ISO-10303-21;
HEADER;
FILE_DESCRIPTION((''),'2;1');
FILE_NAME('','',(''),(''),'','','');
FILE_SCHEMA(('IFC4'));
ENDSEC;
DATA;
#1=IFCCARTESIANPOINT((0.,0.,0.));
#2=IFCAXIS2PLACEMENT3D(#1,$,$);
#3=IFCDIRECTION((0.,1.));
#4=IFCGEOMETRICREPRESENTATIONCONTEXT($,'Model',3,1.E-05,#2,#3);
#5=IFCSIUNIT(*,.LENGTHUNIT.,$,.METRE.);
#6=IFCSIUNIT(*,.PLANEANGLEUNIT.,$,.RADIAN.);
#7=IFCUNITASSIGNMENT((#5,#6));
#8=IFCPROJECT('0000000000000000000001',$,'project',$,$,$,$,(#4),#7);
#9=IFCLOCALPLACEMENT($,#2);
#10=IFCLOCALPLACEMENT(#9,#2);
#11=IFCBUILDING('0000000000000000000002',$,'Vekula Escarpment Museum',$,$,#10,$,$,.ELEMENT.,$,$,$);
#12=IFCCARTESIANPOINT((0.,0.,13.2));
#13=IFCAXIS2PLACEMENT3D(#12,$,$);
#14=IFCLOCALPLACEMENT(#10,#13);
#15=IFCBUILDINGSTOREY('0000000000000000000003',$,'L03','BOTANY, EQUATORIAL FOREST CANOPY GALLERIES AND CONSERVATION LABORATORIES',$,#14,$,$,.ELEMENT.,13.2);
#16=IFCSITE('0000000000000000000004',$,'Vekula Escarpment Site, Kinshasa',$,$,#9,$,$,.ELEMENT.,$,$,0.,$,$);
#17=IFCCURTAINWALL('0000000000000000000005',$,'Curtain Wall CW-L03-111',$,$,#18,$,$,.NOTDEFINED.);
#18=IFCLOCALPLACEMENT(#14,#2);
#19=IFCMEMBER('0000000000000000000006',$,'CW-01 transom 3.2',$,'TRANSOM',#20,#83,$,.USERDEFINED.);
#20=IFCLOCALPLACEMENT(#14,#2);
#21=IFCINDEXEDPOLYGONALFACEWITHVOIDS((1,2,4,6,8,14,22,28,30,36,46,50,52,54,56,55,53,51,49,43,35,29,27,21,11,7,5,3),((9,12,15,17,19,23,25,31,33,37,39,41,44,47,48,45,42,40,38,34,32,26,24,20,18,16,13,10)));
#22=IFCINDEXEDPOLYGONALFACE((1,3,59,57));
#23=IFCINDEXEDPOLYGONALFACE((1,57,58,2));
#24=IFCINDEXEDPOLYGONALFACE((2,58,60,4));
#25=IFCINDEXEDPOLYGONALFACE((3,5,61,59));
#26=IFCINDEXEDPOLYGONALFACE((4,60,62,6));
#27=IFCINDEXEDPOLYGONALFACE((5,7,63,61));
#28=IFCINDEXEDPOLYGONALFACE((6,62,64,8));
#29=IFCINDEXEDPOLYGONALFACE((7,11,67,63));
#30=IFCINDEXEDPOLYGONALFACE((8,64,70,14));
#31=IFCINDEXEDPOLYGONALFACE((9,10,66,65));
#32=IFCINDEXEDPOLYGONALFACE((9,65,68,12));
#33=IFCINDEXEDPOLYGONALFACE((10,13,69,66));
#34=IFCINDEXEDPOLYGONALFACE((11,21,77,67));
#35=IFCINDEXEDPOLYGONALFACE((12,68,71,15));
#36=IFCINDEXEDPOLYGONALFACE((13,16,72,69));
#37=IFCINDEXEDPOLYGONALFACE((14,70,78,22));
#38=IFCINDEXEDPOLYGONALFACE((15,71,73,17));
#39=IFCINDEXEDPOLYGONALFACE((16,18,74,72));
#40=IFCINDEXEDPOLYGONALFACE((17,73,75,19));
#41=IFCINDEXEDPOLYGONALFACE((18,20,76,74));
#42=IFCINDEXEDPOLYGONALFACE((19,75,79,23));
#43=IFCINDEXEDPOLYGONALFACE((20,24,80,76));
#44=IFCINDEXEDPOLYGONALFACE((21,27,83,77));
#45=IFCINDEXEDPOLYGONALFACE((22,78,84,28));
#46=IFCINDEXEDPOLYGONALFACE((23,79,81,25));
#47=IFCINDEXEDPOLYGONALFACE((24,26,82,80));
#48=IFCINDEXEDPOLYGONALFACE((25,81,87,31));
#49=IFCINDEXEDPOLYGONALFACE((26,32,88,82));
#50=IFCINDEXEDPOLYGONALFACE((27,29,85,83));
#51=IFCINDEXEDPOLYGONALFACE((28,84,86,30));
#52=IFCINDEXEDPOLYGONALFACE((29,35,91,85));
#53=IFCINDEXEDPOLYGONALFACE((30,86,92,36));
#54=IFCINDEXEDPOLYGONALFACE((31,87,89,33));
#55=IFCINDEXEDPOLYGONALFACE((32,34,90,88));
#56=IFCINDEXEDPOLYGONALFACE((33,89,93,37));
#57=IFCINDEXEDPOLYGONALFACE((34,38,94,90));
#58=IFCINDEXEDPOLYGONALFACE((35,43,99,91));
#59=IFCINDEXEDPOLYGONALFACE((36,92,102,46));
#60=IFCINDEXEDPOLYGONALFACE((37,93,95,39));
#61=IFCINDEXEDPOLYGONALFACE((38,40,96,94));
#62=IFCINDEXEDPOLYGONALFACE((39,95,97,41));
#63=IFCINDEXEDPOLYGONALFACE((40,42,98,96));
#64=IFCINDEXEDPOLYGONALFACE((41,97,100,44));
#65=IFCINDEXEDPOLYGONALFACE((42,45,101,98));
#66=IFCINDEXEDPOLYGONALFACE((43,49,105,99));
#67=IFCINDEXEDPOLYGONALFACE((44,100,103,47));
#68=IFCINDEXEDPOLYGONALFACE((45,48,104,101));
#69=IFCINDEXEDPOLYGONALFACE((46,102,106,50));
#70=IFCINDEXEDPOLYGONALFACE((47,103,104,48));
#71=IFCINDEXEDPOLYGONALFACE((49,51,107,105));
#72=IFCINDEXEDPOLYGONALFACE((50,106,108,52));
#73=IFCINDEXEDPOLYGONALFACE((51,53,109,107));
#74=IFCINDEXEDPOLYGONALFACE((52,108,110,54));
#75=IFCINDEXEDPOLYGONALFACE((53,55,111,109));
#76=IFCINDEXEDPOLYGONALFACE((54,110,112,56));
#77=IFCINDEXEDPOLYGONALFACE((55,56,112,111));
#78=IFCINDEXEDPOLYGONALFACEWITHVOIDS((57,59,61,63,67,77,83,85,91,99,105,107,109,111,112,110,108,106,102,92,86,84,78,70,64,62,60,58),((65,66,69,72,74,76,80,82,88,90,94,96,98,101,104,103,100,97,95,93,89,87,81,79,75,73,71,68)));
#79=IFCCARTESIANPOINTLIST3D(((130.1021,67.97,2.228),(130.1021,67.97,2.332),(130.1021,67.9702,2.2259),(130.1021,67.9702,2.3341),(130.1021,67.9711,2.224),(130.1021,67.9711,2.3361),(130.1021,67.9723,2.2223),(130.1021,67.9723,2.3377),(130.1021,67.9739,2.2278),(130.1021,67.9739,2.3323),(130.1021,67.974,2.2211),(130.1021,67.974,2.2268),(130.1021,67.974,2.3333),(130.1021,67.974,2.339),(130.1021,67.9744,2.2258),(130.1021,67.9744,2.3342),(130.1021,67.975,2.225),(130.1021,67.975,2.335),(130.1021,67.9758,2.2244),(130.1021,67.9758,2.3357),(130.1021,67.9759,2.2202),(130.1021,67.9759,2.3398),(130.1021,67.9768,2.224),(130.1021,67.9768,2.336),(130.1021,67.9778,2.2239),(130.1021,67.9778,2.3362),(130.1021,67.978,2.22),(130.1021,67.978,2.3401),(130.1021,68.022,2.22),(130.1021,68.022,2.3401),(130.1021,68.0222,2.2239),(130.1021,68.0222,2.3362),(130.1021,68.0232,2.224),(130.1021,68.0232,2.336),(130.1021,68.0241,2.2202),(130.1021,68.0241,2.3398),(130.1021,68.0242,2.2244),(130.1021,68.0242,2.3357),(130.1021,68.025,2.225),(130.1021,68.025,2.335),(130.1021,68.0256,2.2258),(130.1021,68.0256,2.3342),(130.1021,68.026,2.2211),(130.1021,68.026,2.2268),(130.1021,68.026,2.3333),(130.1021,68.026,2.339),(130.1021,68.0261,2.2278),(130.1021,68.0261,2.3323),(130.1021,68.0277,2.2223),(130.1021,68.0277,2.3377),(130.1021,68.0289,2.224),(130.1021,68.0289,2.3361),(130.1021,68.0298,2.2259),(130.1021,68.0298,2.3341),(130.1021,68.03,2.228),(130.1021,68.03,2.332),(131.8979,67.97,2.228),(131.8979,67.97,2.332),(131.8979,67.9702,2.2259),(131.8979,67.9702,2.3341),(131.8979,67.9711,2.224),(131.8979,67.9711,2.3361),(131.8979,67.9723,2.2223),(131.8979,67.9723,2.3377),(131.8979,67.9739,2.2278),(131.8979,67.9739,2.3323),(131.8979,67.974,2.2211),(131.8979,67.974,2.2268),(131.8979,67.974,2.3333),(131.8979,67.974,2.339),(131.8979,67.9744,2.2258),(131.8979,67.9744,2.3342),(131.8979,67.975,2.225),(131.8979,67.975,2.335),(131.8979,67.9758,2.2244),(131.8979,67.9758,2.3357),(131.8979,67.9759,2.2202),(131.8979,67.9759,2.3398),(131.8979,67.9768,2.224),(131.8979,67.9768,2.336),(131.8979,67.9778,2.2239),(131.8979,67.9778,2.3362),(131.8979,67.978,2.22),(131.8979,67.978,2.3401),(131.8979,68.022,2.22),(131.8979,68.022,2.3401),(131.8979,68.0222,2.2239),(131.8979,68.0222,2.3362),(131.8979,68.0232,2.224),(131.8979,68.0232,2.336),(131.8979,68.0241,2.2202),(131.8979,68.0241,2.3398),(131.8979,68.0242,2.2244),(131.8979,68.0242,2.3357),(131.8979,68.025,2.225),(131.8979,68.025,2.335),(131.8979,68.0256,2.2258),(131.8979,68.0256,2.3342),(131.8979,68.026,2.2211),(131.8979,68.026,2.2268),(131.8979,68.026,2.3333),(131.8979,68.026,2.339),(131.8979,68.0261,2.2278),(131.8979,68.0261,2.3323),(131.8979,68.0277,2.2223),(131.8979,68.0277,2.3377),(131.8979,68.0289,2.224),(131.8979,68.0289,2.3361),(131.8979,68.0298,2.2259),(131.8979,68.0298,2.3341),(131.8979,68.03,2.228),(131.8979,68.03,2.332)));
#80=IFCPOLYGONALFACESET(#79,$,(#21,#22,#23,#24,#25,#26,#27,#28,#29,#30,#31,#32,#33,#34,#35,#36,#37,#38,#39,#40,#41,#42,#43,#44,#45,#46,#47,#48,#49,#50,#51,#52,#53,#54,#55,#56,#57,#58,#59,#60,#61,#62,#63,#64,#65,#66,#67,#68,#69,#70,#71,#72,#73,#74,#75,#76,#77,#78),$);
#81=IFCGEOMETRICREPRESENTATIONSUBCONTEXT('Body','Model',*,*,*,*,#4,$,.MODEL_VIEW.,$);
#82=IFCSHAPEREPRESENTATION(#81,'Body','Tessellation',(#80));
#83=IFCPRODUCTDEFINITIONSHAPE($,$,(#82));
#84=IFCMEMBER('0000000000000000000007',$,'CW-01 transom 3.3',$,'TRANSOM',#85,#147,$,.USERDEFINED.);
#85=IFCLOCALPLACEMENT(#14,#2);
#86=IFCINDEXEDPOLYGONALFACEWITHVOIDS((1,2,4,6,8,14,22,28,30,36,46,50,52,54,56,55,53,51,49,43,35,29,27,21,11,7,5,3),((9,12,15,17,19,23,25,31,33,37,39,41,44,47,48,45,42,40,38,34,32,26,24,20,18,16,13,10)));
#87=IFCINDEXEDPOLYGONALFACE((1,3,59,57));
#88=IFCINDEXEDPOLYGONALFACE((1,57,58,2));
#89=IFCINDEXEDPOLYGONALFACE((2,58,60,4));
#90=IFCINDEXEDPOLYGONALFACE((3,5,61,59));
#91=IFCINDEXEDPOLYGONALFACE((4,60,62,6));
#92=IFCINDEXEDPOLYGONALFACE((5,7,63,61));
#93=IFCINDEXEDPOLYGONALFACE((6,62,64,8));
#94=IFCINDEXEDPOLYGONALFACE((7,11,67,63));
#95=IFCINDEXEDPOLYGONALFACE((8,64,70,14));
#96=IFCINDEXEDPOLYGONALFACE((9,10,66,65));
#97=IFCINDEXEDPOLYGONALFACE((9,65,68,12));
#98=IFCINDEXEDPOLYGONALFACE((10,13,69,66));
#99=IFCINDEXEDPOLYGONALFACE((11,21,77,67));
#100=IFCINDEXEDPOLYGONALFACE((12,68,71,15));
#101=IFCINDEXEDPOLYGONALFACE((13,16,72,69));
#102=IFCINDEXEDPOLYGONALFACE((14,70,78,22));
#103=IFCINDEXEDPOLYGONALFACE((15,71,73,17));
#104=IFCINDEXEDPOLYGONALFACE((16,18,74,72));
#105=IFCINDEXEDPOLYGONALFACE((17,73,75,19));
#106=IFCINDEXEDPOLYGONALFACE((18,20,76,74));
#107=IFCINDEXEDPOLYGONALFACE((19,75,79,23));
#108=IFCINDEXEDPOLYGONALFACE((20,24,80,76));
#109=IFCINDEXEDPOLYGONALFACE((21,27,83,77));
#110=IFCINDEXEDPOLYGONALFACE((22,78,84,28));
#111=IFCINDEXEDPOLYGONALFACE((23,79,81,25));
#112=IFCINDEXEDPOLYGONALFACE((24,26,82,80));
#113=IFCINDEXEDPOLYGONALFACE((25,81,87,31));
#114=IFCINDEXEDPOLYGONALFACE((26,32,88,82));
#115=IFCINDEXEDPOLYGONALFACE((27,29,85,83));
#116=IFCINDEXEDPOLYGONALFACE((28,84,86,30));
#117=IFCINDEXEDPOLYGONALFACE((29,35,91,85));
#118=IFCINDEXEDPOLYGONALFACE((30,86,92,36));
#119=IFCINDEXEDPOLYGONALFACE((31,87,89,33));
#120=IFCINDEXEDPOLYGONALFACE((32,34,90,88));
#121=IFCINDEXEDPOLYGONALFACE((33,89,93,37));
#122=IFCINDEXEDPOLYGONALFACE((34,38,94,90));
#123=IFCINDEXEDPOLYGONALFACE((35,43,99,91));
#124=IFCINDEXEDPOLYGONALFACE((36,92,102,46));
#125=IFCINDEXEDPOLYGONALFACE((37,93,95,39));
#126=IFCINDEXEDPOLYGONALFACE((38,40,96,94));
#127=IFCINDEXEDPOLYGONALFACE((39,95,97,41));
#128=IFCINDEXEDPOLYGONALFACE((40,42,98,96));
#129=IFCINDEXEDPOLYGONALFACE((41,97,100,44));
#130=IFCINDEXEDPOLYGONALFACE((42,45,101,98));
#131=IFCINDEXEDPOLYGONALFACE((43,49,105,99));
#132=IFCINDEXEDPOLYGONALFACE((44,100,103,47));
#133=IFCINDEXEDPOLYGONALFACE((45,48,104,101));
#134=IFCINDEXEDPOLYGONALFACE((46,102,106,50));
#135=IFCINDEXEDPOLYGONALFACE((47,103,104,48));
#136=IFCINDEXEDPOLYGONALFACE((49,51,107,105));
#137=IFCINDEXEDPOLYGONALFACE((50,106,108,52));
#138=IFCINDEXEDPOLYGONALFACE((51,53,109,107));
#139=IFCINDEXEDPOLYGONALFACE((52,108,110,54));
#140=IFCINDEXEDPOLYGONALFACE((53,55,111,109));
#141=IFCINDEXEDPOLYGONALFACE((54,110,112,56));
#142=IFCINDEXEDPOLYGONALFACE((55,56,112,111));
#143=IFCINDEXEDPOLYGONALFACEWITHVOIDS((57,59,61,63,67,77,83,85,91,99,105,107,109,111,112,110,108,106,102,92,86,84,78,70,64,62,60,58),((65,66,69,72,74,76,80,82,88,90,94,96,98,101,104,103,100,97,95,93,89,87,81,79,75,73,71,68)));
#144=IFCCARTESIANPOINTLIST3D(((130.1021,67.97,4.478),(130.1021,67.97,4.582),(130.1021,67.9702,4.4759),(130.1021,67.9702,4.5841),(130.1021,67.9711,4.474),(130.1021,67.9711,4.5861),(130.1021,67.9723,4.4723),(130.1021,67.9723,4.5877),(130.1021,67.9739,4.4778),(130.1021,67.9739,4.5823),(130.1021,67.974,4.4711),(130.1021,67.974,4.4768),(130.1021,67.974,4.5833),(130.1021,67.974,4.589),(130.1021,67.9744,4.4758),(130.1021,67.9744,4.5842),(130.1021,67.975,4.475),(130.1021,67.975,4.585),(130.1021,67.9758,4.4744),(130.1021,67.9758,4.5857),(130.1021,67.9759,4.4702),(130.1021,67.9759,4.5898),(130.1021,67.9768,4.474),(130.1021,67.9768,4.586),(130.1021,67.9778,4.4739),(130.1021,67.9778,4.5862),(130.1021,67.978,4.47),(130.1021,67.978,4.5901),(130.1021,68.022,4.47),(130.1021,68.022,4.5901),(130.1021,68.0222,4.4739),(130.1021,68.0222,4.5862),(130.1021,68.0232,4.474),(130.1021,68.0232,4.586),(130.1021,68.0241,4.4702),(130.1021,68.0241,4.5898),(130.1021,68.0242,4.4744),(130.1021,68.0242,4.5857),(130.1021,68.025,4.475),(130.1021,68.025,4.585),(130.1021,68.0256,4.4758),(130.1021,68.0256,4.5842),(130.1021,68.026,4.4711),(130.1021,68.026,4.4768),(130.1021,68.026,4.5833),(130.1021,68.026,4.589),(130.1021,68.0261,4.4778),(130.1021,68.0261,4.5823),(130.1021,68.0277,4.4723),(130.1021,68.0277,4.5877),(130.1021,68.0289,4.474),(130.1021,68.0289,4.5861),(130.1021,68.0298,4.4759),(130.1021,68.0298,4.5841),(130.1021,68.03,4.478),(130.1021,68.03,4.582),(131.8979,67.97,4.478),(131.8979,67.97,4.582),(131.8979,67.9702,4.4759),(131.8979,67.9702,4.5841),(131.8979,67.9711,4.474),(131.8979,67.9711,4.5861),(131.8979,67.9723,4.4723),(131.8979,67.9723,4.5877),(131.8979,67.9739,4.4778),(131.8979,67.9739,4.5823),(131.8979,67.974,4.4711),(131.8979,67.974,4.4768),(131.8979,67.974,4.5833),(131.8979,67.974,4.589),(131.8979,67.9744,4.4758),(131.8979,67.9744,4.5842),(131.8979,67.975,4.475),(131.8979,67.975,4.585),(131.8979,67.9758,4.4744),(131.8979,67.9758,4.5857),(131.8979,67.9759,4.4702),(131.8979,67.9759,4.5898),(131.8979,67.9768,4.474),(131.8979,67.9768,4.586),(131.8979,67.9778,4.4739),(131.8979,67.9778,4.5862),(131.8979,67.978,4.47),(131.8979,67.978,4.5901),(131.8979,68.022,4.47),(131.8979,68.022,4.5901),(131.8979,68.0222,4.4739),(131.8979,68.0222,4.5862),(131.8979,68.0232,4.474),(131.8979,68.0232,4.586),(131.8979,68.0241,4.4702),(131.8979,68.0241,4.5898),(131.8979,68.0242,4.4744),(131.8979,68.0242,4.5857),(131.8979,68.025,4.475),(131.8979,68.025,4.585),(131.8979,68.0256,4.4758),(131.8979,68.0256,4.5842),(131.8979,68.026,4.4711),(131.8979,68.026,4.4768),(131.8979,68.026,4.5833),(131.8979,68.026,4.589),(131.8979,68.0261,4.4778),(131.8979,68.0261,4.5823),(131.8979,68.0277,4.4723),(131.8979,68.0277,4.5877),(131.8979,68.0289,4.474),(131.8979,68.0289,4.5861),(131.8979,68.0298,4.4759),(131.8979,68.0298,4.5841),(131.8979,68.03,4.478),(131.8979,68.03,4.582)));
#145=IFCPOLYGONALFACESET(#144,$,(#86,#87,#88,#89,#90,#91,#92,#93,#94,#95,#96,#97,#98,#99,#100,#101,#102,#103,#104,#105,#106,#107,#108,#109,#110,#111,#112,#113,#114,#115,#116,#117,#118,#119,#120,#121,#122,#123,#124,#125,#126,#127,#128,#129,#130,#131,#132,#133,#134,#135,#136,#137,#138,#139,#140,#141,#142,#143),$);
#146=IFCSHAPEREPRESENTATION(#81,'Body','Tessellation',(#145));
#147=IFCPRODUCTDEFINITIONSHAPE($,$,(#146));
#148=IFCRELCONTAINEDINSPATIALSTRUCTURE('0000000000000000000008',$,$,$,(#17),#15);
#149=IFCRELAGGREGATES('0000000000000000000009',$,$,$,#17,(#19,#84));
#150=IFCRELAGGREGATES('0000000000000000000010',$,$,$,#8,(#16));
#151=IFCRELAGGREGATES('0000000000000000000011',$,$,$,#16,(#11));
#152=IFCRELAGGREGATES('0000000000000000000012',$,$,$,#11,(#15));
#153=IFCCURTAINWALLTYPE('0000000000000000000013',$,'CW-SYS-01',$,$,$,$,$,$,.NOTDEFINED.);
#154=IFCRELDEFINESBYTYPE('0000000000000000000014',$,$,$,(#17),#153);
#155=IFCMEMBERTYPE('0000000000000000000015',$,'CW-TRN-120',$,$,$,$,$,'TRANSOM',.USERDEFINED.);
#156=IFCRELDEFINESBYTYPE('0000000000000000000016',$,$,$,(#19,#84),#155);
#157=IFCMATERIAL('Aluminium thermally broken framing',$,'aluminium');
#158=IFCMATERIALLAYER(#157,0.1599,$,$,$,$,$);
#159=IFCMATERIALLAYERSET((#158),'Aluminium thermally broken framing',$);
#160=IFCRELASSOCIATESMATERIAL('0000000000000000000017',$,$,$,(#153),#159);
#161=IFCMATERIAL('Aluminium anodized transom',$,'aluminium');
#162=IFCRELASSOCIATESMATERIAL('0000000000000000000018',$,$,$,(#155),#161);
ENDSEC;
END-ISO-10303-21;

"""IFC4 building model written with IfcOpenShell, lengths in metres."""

from ifc_helpers import new_model, si_unit, direction, frame, origin, origin_2d, place, context, subcontext, project, spatial, hollow_rectangle, extrude, material, layer, layer_set, material_profile, profile_set, type_object, element, aggregate, save


model = new_model("IFC4")

# Units and contexts
model_context = context("Model", 3, precision=1e-05, world=origin(), true_north=direction((0.0, 1.0)))
body_context = subcontext(model_context, "Body", "Model", "MODEL_VIEW")
ifc_project = project(units=[si_unit("LENGTHUNIT", "METRE"), si_unit("PLANEANGLEUNIT", "RADIAN")], contexts=[model_context])

# Site, building, storey
site_placement = place(None, origin())
site = spatial("IfcSite", under=ifc_project, at=site_placement, Name="Vekula Escarpment Site, Kinshasa", CompositionType="ELEMENT", RefElevation=0.0)
building_placement = place(site_placement, origin())
building = spatial("IfcBuilding", under=site, at=building_placement, Name="Vekula Escarpment Museum", CompositionType="ELEMENT")
storey_placement = place(building_placement, frame((0.0, 0.0, 13.2)))
storey = spatial("IfcBuildingStorey", under=building, at=storey_placement, Name="L03", Description="BOTANY, EQUATORIAL FOREST CANOPY GALLERIES AND CONSERVATION LABORATORIES", CompositionType="ELEMENT", Elevation=13.2)

# Curtain wall, members
ifc_material_1 = material(Name="Aluminium thermally broken framing", Category="aluminium")
ifc_layer_1 = layer(ifc_material_1, 0.1599)
ifc_layer_set_1 = layer_set([ifc_layer_1], Name="Aluminium thermally broken framing")
curtain_wall_type = type_object("IfcCurtainWallType", Name="CW-SYS-01", PredefinedType="NOTDEFINED", material=ifc_layer_set_1)
curtain_wall_placement = place(storey_placement, origin())
curtain_wall = element("IfcCurtainWall", 1, at=curtain_wall_placement, inside=storey, type_object=curtain_wall_type, Name="Curtain Wall CW-L03-111", PredefinedType="NOTDEFINED")
ifc_material_2 = material(Name="Aluminium anodized transom", Category="aluminium")
ifc_material_profile_1 = material_profile(ifc_material_2, hollow_rectangle(XDim=0.0601, YDim=0.1201, WallThickness=0.0039, InnerFilletRadius=0.0039, OuterFilletRadius=0.0081, at=origin_2d()), Name="ALU 120x60x4")
ifc_profile_set_1 = profile_set([ifc_material_profile_1], Name="Aluminium anodized transom")
member_type_1 = type_object("IfcMemberType", Name="CW-TRN-120", ElementType="TRANSOM", PredefinedType="USERDEFINED", material=ifc_profile_set_1)
member_1_placement = place(storey_placement, frame((130.1021, 68.0, 2.28), z_axis=(1.0, 0.0, 0.0), x_axis=(0.0, 1.0, 0.0)))
member_1 = element("IfcMember", 2, at=member_1_placement, type_object=member_type_1, Name="CW-01 transom 3.2", ObjectType="TRANSOM", PredefinedType="USERDEFINED", context=body_context, shape_type="SweptSolid", body=[
    extrude(hollow_rectangle(XDim=0.0601, YDim=0.1201, WallThickness=0.0039, InnerFilletRadius=0.0039, OuterFilletRadius=0.0081, at=origin_2d()), origin(), (0.0, 0.0, 1.0), 1.7959),
])
member_2_placement = place(storey_placement, frame((130.1021, 68.0, 4.53), z_axis=(1.0, 0.0, 0.0), x_axis=(0.0, 1.0, 0.0)))
member_2 = element("IfcMember", 3, at=member_2_placement, type_object=member_type_1, Name="CW-01 transom 3.3", ObjectType="TRANSOM", PredefinedType="USERDEFINED", context=body_context, shape_type="SweptSolid", body=[
    extrude(hollow_rectangle(XDim=0.0601, YDim=0.1201, WallThickness=0.0039, InnerFilletRadius=0.0039, OuterFilletRadius=0.0081, at=origin_2d()), origin(), (0.0, 0.0, 1.0), 1.7959),
])
aggregate(curtain_wall, [member_1, member_2])

save(model, "model.ifc")
